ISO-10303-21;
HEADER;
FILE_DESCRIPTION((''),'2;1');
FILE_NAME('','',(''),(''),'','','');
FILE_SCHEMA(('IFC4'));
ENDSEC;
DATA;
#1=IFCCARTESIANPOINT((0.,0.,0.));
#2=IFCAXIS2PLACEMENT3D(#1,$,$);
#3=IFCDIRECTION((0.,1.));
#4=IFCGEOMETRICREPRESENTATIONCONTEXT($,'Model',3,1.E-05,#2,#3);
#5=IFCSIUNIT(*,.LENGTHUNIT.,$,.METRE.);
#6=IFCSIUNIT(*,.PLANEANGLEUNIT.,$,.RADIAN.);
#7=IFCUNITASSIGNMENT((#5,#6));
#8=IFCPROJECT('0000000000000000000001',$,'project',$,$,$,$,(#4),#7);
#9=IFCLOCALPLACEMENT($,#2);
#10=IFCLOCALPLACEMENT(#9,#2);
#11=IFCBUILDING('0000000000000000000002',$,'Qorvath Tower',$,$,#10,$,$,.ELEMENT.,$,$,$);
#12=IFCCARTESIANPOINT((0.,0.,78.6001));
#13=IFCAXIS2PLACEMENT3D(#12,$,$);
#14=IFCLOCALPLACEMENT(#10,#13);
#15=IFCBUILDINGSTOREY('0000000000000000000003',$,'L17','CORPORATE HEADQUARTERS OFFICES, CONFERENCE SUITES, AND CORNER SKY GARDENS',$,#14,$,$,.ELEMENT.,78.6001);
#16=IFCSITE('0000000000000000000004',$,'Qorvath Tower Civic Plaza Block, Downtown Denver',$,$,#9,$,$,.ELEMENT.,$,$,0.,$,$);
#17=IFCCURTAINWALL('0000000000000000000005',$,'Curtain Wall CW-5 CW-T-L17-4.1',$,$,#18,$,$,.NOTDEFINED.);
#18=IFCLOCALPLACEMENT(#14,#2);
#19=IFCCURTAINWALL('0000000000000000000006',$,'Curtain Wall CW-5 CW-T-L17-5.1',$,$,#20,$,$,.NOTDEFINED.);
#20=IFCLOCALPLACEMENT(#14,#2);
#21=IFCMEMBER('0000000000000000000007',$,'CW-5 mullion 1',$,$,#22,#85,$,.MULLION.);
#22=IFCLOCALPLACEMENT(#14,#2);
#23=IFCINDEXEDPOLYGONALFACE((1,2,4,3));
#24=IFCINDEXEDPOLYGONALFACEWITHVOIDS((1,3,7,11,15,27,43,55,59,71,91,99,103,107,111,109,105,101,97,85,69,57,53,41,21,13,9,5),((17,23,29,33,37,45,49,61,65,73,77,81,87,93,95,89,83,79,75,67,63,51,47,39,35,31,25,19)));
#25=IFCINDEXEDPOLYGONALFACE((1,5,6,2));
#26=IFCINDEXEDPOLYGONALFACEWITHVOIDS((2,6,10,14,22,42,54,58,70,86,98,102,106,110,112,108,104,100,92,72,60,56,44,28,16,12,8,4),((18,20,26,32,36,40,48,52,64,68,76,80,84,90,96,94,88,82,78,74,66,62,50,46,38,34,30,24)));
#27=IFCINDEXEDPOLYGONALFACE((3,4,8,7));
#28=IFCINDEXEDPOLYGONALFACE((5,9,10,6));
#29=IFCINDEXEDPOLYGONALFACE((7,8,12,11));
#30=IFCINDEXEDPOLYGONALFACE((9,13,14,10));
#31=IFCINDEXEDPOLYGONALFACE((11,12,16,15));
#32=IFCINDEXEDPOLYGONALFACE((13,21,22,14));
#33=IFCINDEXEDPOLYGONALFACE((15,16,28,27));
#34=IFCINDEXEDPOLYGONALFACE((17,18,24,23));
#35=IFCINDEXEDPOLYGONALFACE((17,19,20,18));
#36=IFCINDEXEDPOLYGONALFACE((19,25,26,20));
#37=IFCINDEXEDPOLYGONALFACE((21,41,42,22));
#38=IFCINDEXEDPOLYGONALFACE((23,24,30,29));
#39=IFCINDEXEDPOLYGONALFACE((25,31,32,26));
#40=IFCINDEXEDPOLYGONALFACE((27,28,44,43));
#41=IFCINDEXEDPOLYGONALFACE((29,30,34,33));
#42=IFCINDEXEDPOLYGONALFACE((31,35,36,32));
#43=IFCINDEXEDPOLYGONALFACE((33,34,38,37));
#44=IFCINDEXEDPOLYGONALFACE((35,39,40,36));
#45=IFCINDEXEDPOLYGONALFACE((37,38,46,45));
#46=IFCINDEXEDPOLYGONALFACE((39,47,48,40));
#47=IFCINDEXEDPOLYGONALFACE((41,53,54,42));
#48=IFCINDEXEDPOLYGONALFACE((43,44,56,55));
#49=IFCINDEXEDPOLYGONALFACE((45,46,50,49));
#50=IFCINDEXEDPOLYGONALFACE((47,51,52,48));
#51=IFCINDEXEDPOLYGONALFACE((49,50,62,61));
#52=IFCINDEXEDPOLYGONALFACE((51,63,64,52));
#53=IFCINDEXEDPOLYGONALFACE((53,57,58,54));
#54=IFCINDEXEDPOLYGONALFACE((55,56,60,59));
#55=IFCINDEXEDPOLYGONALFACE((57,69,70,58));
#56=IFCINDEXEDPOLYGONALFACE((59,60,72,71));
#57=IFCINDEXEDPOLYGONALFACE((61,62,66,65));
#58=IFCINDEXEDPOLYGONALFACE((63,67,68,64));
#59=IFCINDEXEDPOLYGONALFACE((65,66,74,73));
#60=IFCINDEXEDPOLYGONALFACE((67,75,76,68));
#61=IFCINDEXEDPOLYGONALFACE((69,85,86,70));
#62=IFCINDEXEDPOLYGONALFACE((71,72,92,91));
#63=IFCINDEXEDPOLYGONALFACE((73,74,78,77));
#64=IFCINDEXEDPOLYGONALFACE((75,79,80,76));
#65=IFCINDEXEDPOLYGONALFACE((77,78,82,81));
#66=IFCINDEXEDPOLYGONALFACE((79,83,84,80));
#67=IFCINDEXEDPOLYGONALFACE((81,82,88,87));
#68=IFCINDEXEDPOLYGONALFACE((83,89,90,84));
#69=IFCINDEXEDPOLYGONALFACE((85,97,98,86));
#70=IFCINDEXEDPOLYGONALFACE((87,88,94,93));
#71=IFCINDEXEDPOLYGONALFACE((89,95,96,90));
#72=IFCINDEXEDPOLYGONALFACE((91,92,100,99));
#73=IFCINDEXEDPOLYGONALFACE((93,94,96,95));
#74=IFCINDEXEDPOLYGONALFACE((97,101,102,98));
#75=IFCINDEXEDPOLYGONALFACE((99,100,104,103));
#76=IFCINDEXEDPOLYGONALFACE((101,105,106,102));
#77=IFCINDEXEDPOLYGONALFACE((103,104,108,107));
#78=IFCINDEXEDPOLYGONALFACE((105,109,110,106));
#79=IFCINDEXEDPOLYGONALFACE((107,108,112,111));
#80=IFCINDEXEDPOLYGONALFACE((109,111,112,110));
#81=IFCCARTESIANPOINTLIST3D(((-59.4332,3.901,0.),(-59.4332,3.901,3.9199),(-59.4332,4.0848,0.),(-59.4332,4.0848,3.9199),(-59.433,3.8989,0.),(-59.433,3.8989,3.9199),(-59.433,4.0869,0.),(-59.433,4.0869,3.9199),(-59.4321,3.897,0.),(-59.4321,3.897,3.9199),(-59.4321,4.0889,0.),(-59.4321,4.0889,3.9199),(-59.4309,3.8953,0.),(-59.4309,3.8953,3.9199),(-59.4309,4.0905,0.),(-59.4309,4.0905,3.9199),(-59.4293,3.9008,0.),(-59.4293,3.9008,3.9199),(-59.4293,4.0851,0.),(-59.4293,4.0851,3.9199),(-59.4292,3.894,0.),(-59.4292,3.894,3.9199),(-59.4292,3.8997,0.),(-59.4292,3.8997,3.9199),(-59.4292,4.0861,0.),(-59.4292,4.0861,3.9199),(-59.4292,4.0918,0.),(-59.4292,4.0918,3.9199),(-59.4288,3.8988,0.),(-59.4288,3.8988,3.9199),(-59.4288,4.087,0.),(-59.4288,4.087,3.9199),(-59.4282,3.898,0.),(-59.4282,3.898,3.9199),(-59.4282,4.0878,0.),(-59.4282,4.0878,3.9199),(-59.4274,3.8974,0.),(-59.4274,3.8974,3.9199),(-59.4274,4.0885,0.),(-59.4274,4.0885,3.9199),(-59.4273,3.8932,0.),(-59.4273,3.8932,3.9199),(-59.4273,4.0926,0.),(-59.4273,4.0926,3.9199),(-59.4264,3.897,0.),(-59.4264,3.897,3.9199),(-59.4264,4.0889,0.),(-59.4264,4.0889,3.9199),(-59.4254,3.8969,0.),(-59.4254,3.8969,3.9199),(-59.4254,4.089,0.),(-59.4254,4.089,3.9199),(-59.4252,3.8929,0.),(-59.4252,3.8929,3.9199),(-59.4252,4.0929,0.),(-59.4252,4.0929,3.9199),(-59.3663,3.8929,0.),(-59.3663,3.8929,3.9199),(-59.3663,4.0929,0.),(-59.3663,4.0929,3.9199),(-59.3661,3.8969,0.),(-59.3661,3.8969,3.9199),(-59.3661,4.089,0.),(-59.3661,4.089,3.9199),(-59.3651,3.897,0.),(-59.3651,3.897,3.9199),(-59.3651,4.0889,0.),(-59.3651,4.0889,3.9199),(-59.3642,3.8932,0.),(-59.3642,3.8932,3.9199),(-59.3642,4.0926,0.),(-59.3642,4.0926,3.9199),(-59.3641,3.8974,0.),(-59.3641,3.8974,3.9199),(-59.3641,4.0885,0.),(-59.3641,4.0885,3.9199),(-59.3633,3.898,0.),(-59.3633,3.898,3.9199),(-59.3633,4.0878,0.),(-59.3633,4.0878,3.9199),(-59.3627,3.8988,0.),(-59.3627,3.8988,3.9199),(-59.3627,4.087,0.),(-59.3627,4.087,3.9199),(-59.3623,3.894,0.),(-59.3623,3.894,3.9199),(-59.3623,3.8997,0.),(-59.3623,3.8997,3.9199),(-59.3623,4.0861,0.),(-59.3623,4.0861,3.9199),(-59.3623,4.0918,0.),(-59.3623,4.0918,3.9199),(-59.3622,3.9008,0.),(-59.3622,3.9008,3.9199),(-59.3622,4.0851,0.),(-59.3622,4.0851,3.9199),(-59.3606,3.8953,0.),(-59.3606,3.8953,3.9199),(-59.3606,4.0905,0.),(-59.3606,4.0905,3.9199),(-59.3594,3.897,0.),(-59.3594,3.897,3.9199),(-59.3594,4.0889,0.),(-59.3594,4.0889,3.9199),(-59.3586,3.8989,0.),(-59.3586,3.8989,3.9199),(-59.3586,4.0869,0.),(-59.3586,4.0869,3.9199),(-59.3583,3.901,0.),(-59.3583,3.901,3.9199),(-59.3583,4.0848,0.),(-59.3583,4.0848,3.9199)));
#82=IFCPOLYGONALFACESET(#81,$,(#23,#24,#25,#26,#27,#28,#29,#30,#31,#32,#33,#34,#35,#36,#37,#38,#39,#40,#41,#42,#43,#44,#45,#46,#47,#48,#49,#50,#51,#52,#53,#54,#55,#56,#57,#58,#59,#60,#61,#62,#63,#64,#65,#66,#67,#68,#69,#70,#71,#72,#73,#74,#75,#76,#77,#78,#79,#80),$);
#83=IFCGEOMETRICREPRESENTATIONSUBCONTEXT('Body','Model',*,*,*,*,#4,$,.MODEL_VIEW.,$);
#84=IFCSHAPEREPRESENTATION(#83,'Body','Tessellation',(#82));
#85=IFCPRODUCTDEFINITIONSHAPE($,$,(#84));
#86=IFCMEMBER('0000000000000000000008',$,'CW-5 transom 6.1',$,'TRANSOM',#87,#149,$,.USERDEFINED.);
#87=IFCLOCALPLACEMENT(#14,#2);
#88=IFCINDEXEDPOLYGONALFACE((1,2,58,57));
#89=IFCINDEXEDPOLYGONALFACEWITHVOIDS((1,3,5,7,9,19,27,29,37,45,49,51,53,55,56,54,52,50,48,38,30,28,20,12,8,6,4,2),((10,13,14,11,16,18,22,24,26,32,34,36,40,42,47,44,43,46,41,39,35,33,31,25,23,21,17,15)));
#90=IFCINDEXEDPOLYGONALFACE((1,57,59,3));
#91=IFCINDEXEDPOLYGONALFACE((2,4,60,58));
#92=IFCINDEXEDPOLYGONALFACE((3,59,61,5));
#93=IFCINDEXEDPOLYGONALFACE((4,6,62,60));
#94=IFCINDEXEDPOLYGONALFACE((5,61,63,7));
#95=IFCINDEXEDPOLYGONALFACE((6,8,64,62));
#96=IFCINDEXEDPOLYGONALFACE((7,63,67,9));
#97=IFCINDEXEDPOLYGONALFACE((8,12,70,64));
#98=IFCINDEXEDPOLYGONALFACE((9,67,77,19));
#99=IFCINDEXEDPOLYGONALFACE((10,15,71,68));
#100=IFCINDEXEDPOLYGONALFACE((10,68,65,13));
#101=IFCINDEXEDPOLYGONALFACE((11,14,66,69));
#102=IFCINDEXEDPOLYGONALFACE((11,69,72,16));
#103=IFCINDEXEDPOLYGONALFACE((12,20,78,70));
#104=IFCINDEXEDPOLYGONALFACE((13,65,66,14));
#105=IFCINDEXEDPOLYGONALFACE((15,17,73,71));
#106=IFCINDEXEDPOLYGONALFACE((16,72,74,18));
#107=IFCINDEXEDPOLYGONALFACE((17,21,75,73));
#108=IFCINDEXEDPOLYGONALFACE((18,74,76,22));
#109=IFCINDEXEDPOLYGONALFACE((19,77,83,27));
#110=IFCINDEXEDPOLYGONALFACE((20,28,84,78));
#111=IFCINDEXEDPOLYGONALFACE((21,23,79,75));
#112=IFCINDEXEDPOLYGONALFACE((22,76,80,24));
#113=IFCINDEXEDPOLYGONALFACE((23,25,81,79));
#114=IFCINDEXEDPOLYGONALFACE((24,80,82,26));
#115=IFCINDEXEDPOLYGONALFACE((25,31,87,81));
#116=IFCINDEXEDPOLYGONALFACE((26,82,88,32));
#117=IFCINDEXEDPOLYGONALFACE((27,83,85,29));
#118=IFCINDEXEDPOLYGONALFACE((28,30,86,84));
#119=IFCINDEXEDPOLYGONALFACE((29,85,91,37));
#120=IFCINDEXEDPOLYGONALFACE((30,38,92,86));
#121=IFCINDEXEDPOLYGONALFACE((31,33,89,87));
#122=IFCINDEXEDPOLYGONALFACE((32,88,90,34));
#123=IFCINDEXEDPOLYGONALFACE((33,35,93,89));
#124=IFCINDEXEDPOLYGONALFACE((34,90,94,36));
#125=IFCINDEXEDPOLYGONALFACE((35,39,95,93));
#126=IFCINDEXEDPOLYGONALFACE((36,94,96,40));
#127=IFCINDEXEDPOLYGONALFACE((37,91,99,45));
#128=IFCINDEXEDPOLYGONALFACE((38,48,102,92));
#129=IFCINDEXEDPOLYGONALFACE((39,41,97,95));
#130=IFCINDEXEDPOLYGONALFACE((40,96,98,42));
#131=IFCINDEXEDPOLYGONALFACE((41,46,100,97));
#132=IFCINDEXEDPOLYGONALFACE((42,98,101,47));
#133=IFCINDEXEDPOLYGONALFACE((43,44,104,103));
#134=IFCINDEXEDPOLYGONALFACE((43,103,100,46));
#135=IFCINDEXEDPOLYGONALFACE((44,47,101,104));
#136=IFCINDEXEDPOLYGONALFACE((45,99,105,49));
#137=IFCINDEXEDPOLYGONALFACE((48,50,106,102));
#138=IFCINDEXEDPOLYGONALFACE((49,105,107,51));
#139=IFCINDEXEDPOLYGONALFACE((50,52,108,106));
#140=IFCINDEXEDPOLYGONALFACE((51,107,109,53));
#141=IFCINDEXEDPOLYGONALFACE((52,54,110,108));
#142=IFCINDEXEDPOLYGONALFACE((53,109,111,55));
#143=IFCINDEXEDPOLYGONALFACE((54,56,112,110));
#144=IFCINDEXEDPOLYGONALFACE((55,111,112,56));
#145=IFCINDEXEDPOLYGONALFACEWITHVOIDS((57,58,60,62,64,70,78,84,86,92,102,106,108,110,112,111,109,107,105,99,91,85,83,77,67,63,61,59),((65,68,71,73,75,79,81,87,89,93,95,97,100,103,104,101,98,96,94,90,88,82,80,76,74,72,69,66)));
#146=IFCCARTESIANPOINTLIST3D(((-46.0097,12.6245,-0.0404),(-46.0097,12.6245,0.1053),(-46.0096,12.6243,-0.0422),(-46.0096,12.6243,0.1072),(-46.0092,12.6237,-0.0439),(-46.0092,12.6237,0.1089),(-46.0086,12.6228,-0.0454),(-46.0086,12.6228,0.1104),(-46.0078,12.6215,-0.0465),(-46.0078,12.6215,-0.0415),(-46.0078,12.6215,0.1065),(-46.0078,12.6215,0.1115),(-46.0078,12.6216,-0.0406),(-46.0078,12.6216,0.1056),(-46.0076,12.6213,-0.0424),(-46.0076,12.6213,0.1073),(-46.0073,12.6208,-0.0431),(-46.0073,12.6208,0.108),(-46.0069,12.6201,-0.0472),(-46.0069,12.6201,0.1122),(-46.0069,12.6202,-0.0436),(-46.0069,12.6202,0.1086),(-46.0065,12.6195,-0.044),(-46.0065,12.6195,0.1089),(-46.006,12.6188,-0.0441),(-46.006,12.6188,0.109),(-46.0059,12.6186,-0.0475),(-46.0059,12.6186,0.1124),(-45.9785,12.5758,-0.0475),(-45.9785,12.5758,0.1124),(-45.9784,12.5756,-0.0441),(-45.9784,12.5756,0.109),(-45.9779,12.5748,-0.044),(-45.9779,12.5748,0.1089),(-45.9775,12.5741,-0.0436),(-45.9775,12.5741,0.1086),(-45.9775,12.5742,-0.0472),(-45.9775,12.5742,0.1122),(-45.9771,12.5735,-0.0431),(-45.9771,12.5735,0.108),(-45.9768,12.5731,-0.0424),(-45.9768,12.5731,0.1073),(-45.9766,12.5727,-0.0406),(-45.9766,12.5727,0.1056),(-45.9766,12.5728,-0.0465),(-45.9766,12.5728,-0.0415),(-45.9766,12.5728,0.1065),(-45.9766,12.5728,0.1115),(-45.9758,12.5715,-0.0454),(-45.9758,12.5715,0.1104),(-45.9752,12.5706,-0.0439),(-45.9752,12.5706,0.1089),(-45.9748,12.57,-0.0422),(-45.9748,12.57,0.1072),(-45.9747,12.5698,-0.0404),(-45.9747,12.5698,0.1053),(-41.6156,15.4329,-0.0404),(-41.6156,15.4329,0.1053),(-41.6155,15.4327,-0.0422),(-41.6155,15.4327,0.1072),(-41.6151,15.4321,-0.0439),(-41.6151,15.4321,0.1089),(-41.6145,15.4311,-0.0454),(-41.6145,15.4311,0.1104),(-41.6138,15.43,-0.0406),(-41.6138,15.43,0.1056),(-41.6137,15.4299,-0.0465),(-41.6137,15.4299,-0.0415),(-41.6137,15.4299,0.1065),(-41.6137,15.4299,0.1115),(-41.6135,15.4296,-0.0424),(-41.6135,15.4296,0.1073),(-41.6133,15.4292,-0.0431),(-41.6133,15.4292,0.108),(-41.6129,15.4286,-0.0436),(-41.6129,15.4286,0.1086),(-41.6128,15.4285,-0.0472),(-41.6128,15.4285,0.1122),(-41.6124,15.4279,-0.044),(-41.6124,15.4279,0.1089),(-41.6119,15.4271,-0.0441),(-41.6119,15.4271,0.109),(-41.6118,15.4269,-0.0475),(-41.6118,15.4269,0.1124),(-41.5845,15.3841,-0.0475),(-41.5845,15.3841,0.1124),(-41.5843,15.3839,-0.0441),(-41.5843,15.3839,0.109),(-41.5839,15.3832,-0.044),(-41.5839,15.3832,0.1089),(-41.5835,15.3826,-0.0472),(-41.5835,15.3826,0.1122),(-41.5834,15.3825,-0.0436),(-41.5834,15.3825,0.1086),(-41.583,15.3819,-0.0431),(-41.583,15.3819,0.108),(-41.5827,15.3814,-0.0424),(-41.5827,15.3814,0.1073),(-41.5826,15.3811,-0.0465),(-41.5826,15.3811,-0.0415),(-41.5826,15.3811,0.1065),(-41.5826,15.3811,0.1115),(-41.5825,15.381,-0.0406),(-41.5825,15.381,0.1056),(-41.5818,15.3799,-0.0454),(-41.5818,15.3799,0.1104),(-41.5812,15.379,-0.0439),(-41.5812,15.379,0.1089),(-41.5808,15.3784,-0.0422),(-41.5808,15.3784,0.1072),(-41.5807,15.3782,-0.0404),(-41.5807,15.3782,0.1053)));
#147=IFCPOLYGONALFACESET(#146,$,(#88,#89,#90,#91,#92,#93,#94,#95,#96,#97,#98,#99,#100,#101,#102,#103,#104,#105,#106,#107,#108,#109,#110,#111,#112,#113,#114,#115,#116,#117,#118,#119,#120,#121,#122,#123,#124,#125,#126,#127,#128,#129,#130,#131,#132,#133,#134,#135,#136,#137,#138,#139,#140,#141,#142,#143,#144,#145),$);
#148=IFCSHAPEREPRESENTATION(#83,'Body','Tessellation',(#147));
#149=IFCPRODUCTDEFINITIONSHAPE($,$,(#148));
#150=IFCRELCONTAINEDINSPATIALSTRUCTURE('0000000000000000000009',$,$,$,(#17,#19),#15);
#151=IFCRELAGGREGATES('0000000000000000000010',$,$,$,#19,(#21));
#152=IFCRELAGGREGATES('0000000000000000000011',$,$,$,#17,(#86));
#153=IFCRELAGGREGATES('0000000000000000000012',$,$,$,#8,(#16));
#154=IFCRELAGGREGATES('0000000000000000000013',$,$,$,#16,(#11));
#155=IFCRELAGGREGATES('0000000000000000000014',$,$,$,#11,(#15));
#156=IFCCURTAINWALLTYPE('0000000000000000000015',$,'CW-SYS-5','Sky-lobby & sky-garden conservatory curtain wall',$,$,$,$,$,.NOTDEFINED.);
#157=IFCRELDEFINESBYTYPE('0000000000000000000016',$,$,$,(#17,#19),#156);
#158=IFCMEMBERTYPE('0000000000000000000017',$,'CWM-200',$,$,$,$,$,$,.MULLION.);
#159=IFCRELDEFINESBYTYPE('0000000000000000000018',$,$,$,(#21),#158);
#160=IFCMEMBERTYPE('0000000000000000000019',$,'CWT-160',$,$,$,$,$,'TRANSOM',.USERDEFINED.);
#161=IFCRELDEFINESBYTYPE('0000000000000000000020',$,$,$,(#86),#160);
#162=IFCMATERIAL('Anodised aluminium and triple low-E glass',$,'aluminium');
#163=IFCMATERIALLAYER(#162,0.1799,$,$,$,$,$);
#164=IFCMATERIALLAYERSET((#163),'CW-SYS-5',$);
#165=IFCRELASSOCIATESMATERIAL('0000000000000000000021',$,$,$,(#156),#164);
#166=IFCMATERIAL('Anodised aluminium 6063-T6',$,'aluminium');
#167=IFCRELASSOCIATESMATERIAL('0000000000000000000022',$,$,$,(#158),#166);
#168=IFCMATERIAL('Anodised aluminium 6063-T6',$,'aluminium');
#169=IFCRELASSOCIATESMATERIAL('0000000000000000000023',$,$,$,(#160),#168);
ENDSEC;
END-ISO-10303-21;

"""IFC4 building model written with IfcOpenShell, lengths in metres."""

from ifc_helpers import new_model, si_unit, direction, frame, origin, origin_2d, place, context, subcontext, project, spatial, hollow_rectangle, extrude, material, layer, layer_set, material_profile, profile_set, type_object, element, aggregate, save


model = new_model("IFC4")

# Units and contexts
model_context = context("Model", 3, precision=1e-05, world=origin(), true_north=direction((0.0, 1.0)))
body_context = subcontext(model_context, "Body", "Model", "MODEL_VIEW")
ifc_project = project(units=[si_unit("LENGTHUNIT", "METRE"), si_unit("PLANEANGLEUNIT", "RADIAN")], contexts=[model_context])

# Site, building, storey
site_placement = place(None, origin())
site = spatial("IfcSite", under=ifc_project, at=site_placement, Name="Qorvath Tower Civic Plaza Block, Downtown Denver", CompositionType="ELEMENT", RefElevation=0.0)
building_placement = place(site_placement, origin())
building = spatial("IfcBuilding", under=site, at=building_placement, Name="Qorvath Tower", CompositionType="ELEMENT")
storey_placement = place(building_placement, frame((0.0, 0.0, 78.6001)))
storey = spatial("IfcBuildingStorey", under=building, at=storey_placement, Name="L17", Description="CORPORATE HEADQUARTERS OFFICES, CONFERENCE SUITES, AND CORNER SKY GARDENS", CompositionType="ELEMENT", Elevation=78.6001)

# Curtain wall
ifc_material_1 = material(Name="Anodised aluminium and triple low-E glass", Category="aluminium")
ifc_layer_1 = layer(ifc_material_1, 0.1799)
ifc_layer_set_1 = layer_set([ifc_layer_1], Name="CW-SYS-5")
curtain_wall_type = type_object("IfcCurtainWallType", Name="CW-SYS-5", Description="Sky-lobby & sky-garden conservatory curtain wall", PredefinedType="NOTDEFINED", material=ifc_layer_set_1)
curtain_wall_1_placement = place(storey_placement, origin())
curtain_wall_1 = element("IfcCurtainWall", 1, at=curtain_wall_1_placement, inside=storey, type_object=curtain_wall_type, Name="Curtain Wall CW-5 CW-T-L17-4.1", PredefinedType="NOTDEFINED")
ifc_material_2 = material(Name="Anodised aluminium 6063-T6", Category="aluminium")
ifc_material_profile_1 = material_profile(ifc_material_2, hollow_rectangle(XDim=0.075, YDim=0.2, WallThickness=0.0039, InnerFilletRadius=0.0039, OuterFilletRadius=0.0081, at=origin_2d()), Name="CWM 200x75")
ifc_profile_set_1 = profile_set([ifc_material_profile_1], Name="Anodised aluminium 6063-T6")
member_type_1 = type_object("IfcMemberType", Name="CWM-200", PredefinedType="MULLION", material=ifc_profile_set_1)

# Curtain wall, member
curtain_wall_2_placement = place(storey_placement, origin())
curtain_wall_2 = element("IfcCurtainWall", 2, at=curtain_wall_2_placement, inside=storey, type_object=curtain_wall_type, Name="Curtain Wall CW-5 CW-T-L17-5.1", PredefinedType="NOTDEFINED")
member_1_placement = place(storey_placement, frame((-59.3958, 3.9929, 0.0), z_axis=(0.0, 0.0, 1.0), x_axis=(1.0, 0.0, 0.0)))
member_1 = element("IfcMember", 3, at=member_1_placement, type_object=member_type_1, Name="CW-5 mullion 1", PredefinedType="MULLION", context=body_context, shape_type="SweptSolid", body=[
    extrude(hollow_rectangle(XDim=0.075, YDim=0.2, WallThickness=0.0039, InnerFilletRadius=0.0039, OuterFilletRadius=0.0081, at=origin_2d()), origin(), (0.0, 0.0, 1.0), 3.9199),
])

# Member
ifc_material_3 = material(Name="Anodised aluminium 6063-T6", Category="aluminium")
ifc_material_profile_2 = material_profile(ifc_material_3, hollow_rectangle(XDim=0.0649, YDim=0.1599, WallThickness=0.0034, InnerFilletRadius=0.0034, OuterFilletRadius=0.0071, at=origin_2d()), Name="CWT 160x65")
ifc_profile_set_2 = profile_set([ifc_material_profile_2], Name="Anodised aluminium 6063-T6")
member_type_2 = type_object("IfcMemberType", Name="CWT-160", ElementType="TRANSOM", PredefinedType="USERDEFINED", material=ifc_profile_set_2)
member_2_placement = place(storey_placement, frame((-41.5981, 15.4055, 0.0325), z_axis=(-0.842605, -0.538531, 0.0), x_axis=(0.538531, -0.842605, 0.0)))
member_2 = element("IfcMember", 4, at=member_2_placement, type_object=member_type_2, Name="CW-5 transom 6.1", ObjectType="TRANSOM", PredefinedType="USERDEFINED", context=body_context, shape_type="SweptSolid", body=[
    extrude(hollow_rectangle(XDim=0.0649, YDim=0.1599, WallThickness=0.0034, InnerFilletRadius=0.0034, OuterFilletRadius=0.0071, at=origin_2d()), origin(), (0.0, 0.0, 1.0), 5.2148),
])
aggregate(curtain_wall_2, [member_1])

aggregate(curtain_wall_1, [member_2])

save(model, "model.ifc")
